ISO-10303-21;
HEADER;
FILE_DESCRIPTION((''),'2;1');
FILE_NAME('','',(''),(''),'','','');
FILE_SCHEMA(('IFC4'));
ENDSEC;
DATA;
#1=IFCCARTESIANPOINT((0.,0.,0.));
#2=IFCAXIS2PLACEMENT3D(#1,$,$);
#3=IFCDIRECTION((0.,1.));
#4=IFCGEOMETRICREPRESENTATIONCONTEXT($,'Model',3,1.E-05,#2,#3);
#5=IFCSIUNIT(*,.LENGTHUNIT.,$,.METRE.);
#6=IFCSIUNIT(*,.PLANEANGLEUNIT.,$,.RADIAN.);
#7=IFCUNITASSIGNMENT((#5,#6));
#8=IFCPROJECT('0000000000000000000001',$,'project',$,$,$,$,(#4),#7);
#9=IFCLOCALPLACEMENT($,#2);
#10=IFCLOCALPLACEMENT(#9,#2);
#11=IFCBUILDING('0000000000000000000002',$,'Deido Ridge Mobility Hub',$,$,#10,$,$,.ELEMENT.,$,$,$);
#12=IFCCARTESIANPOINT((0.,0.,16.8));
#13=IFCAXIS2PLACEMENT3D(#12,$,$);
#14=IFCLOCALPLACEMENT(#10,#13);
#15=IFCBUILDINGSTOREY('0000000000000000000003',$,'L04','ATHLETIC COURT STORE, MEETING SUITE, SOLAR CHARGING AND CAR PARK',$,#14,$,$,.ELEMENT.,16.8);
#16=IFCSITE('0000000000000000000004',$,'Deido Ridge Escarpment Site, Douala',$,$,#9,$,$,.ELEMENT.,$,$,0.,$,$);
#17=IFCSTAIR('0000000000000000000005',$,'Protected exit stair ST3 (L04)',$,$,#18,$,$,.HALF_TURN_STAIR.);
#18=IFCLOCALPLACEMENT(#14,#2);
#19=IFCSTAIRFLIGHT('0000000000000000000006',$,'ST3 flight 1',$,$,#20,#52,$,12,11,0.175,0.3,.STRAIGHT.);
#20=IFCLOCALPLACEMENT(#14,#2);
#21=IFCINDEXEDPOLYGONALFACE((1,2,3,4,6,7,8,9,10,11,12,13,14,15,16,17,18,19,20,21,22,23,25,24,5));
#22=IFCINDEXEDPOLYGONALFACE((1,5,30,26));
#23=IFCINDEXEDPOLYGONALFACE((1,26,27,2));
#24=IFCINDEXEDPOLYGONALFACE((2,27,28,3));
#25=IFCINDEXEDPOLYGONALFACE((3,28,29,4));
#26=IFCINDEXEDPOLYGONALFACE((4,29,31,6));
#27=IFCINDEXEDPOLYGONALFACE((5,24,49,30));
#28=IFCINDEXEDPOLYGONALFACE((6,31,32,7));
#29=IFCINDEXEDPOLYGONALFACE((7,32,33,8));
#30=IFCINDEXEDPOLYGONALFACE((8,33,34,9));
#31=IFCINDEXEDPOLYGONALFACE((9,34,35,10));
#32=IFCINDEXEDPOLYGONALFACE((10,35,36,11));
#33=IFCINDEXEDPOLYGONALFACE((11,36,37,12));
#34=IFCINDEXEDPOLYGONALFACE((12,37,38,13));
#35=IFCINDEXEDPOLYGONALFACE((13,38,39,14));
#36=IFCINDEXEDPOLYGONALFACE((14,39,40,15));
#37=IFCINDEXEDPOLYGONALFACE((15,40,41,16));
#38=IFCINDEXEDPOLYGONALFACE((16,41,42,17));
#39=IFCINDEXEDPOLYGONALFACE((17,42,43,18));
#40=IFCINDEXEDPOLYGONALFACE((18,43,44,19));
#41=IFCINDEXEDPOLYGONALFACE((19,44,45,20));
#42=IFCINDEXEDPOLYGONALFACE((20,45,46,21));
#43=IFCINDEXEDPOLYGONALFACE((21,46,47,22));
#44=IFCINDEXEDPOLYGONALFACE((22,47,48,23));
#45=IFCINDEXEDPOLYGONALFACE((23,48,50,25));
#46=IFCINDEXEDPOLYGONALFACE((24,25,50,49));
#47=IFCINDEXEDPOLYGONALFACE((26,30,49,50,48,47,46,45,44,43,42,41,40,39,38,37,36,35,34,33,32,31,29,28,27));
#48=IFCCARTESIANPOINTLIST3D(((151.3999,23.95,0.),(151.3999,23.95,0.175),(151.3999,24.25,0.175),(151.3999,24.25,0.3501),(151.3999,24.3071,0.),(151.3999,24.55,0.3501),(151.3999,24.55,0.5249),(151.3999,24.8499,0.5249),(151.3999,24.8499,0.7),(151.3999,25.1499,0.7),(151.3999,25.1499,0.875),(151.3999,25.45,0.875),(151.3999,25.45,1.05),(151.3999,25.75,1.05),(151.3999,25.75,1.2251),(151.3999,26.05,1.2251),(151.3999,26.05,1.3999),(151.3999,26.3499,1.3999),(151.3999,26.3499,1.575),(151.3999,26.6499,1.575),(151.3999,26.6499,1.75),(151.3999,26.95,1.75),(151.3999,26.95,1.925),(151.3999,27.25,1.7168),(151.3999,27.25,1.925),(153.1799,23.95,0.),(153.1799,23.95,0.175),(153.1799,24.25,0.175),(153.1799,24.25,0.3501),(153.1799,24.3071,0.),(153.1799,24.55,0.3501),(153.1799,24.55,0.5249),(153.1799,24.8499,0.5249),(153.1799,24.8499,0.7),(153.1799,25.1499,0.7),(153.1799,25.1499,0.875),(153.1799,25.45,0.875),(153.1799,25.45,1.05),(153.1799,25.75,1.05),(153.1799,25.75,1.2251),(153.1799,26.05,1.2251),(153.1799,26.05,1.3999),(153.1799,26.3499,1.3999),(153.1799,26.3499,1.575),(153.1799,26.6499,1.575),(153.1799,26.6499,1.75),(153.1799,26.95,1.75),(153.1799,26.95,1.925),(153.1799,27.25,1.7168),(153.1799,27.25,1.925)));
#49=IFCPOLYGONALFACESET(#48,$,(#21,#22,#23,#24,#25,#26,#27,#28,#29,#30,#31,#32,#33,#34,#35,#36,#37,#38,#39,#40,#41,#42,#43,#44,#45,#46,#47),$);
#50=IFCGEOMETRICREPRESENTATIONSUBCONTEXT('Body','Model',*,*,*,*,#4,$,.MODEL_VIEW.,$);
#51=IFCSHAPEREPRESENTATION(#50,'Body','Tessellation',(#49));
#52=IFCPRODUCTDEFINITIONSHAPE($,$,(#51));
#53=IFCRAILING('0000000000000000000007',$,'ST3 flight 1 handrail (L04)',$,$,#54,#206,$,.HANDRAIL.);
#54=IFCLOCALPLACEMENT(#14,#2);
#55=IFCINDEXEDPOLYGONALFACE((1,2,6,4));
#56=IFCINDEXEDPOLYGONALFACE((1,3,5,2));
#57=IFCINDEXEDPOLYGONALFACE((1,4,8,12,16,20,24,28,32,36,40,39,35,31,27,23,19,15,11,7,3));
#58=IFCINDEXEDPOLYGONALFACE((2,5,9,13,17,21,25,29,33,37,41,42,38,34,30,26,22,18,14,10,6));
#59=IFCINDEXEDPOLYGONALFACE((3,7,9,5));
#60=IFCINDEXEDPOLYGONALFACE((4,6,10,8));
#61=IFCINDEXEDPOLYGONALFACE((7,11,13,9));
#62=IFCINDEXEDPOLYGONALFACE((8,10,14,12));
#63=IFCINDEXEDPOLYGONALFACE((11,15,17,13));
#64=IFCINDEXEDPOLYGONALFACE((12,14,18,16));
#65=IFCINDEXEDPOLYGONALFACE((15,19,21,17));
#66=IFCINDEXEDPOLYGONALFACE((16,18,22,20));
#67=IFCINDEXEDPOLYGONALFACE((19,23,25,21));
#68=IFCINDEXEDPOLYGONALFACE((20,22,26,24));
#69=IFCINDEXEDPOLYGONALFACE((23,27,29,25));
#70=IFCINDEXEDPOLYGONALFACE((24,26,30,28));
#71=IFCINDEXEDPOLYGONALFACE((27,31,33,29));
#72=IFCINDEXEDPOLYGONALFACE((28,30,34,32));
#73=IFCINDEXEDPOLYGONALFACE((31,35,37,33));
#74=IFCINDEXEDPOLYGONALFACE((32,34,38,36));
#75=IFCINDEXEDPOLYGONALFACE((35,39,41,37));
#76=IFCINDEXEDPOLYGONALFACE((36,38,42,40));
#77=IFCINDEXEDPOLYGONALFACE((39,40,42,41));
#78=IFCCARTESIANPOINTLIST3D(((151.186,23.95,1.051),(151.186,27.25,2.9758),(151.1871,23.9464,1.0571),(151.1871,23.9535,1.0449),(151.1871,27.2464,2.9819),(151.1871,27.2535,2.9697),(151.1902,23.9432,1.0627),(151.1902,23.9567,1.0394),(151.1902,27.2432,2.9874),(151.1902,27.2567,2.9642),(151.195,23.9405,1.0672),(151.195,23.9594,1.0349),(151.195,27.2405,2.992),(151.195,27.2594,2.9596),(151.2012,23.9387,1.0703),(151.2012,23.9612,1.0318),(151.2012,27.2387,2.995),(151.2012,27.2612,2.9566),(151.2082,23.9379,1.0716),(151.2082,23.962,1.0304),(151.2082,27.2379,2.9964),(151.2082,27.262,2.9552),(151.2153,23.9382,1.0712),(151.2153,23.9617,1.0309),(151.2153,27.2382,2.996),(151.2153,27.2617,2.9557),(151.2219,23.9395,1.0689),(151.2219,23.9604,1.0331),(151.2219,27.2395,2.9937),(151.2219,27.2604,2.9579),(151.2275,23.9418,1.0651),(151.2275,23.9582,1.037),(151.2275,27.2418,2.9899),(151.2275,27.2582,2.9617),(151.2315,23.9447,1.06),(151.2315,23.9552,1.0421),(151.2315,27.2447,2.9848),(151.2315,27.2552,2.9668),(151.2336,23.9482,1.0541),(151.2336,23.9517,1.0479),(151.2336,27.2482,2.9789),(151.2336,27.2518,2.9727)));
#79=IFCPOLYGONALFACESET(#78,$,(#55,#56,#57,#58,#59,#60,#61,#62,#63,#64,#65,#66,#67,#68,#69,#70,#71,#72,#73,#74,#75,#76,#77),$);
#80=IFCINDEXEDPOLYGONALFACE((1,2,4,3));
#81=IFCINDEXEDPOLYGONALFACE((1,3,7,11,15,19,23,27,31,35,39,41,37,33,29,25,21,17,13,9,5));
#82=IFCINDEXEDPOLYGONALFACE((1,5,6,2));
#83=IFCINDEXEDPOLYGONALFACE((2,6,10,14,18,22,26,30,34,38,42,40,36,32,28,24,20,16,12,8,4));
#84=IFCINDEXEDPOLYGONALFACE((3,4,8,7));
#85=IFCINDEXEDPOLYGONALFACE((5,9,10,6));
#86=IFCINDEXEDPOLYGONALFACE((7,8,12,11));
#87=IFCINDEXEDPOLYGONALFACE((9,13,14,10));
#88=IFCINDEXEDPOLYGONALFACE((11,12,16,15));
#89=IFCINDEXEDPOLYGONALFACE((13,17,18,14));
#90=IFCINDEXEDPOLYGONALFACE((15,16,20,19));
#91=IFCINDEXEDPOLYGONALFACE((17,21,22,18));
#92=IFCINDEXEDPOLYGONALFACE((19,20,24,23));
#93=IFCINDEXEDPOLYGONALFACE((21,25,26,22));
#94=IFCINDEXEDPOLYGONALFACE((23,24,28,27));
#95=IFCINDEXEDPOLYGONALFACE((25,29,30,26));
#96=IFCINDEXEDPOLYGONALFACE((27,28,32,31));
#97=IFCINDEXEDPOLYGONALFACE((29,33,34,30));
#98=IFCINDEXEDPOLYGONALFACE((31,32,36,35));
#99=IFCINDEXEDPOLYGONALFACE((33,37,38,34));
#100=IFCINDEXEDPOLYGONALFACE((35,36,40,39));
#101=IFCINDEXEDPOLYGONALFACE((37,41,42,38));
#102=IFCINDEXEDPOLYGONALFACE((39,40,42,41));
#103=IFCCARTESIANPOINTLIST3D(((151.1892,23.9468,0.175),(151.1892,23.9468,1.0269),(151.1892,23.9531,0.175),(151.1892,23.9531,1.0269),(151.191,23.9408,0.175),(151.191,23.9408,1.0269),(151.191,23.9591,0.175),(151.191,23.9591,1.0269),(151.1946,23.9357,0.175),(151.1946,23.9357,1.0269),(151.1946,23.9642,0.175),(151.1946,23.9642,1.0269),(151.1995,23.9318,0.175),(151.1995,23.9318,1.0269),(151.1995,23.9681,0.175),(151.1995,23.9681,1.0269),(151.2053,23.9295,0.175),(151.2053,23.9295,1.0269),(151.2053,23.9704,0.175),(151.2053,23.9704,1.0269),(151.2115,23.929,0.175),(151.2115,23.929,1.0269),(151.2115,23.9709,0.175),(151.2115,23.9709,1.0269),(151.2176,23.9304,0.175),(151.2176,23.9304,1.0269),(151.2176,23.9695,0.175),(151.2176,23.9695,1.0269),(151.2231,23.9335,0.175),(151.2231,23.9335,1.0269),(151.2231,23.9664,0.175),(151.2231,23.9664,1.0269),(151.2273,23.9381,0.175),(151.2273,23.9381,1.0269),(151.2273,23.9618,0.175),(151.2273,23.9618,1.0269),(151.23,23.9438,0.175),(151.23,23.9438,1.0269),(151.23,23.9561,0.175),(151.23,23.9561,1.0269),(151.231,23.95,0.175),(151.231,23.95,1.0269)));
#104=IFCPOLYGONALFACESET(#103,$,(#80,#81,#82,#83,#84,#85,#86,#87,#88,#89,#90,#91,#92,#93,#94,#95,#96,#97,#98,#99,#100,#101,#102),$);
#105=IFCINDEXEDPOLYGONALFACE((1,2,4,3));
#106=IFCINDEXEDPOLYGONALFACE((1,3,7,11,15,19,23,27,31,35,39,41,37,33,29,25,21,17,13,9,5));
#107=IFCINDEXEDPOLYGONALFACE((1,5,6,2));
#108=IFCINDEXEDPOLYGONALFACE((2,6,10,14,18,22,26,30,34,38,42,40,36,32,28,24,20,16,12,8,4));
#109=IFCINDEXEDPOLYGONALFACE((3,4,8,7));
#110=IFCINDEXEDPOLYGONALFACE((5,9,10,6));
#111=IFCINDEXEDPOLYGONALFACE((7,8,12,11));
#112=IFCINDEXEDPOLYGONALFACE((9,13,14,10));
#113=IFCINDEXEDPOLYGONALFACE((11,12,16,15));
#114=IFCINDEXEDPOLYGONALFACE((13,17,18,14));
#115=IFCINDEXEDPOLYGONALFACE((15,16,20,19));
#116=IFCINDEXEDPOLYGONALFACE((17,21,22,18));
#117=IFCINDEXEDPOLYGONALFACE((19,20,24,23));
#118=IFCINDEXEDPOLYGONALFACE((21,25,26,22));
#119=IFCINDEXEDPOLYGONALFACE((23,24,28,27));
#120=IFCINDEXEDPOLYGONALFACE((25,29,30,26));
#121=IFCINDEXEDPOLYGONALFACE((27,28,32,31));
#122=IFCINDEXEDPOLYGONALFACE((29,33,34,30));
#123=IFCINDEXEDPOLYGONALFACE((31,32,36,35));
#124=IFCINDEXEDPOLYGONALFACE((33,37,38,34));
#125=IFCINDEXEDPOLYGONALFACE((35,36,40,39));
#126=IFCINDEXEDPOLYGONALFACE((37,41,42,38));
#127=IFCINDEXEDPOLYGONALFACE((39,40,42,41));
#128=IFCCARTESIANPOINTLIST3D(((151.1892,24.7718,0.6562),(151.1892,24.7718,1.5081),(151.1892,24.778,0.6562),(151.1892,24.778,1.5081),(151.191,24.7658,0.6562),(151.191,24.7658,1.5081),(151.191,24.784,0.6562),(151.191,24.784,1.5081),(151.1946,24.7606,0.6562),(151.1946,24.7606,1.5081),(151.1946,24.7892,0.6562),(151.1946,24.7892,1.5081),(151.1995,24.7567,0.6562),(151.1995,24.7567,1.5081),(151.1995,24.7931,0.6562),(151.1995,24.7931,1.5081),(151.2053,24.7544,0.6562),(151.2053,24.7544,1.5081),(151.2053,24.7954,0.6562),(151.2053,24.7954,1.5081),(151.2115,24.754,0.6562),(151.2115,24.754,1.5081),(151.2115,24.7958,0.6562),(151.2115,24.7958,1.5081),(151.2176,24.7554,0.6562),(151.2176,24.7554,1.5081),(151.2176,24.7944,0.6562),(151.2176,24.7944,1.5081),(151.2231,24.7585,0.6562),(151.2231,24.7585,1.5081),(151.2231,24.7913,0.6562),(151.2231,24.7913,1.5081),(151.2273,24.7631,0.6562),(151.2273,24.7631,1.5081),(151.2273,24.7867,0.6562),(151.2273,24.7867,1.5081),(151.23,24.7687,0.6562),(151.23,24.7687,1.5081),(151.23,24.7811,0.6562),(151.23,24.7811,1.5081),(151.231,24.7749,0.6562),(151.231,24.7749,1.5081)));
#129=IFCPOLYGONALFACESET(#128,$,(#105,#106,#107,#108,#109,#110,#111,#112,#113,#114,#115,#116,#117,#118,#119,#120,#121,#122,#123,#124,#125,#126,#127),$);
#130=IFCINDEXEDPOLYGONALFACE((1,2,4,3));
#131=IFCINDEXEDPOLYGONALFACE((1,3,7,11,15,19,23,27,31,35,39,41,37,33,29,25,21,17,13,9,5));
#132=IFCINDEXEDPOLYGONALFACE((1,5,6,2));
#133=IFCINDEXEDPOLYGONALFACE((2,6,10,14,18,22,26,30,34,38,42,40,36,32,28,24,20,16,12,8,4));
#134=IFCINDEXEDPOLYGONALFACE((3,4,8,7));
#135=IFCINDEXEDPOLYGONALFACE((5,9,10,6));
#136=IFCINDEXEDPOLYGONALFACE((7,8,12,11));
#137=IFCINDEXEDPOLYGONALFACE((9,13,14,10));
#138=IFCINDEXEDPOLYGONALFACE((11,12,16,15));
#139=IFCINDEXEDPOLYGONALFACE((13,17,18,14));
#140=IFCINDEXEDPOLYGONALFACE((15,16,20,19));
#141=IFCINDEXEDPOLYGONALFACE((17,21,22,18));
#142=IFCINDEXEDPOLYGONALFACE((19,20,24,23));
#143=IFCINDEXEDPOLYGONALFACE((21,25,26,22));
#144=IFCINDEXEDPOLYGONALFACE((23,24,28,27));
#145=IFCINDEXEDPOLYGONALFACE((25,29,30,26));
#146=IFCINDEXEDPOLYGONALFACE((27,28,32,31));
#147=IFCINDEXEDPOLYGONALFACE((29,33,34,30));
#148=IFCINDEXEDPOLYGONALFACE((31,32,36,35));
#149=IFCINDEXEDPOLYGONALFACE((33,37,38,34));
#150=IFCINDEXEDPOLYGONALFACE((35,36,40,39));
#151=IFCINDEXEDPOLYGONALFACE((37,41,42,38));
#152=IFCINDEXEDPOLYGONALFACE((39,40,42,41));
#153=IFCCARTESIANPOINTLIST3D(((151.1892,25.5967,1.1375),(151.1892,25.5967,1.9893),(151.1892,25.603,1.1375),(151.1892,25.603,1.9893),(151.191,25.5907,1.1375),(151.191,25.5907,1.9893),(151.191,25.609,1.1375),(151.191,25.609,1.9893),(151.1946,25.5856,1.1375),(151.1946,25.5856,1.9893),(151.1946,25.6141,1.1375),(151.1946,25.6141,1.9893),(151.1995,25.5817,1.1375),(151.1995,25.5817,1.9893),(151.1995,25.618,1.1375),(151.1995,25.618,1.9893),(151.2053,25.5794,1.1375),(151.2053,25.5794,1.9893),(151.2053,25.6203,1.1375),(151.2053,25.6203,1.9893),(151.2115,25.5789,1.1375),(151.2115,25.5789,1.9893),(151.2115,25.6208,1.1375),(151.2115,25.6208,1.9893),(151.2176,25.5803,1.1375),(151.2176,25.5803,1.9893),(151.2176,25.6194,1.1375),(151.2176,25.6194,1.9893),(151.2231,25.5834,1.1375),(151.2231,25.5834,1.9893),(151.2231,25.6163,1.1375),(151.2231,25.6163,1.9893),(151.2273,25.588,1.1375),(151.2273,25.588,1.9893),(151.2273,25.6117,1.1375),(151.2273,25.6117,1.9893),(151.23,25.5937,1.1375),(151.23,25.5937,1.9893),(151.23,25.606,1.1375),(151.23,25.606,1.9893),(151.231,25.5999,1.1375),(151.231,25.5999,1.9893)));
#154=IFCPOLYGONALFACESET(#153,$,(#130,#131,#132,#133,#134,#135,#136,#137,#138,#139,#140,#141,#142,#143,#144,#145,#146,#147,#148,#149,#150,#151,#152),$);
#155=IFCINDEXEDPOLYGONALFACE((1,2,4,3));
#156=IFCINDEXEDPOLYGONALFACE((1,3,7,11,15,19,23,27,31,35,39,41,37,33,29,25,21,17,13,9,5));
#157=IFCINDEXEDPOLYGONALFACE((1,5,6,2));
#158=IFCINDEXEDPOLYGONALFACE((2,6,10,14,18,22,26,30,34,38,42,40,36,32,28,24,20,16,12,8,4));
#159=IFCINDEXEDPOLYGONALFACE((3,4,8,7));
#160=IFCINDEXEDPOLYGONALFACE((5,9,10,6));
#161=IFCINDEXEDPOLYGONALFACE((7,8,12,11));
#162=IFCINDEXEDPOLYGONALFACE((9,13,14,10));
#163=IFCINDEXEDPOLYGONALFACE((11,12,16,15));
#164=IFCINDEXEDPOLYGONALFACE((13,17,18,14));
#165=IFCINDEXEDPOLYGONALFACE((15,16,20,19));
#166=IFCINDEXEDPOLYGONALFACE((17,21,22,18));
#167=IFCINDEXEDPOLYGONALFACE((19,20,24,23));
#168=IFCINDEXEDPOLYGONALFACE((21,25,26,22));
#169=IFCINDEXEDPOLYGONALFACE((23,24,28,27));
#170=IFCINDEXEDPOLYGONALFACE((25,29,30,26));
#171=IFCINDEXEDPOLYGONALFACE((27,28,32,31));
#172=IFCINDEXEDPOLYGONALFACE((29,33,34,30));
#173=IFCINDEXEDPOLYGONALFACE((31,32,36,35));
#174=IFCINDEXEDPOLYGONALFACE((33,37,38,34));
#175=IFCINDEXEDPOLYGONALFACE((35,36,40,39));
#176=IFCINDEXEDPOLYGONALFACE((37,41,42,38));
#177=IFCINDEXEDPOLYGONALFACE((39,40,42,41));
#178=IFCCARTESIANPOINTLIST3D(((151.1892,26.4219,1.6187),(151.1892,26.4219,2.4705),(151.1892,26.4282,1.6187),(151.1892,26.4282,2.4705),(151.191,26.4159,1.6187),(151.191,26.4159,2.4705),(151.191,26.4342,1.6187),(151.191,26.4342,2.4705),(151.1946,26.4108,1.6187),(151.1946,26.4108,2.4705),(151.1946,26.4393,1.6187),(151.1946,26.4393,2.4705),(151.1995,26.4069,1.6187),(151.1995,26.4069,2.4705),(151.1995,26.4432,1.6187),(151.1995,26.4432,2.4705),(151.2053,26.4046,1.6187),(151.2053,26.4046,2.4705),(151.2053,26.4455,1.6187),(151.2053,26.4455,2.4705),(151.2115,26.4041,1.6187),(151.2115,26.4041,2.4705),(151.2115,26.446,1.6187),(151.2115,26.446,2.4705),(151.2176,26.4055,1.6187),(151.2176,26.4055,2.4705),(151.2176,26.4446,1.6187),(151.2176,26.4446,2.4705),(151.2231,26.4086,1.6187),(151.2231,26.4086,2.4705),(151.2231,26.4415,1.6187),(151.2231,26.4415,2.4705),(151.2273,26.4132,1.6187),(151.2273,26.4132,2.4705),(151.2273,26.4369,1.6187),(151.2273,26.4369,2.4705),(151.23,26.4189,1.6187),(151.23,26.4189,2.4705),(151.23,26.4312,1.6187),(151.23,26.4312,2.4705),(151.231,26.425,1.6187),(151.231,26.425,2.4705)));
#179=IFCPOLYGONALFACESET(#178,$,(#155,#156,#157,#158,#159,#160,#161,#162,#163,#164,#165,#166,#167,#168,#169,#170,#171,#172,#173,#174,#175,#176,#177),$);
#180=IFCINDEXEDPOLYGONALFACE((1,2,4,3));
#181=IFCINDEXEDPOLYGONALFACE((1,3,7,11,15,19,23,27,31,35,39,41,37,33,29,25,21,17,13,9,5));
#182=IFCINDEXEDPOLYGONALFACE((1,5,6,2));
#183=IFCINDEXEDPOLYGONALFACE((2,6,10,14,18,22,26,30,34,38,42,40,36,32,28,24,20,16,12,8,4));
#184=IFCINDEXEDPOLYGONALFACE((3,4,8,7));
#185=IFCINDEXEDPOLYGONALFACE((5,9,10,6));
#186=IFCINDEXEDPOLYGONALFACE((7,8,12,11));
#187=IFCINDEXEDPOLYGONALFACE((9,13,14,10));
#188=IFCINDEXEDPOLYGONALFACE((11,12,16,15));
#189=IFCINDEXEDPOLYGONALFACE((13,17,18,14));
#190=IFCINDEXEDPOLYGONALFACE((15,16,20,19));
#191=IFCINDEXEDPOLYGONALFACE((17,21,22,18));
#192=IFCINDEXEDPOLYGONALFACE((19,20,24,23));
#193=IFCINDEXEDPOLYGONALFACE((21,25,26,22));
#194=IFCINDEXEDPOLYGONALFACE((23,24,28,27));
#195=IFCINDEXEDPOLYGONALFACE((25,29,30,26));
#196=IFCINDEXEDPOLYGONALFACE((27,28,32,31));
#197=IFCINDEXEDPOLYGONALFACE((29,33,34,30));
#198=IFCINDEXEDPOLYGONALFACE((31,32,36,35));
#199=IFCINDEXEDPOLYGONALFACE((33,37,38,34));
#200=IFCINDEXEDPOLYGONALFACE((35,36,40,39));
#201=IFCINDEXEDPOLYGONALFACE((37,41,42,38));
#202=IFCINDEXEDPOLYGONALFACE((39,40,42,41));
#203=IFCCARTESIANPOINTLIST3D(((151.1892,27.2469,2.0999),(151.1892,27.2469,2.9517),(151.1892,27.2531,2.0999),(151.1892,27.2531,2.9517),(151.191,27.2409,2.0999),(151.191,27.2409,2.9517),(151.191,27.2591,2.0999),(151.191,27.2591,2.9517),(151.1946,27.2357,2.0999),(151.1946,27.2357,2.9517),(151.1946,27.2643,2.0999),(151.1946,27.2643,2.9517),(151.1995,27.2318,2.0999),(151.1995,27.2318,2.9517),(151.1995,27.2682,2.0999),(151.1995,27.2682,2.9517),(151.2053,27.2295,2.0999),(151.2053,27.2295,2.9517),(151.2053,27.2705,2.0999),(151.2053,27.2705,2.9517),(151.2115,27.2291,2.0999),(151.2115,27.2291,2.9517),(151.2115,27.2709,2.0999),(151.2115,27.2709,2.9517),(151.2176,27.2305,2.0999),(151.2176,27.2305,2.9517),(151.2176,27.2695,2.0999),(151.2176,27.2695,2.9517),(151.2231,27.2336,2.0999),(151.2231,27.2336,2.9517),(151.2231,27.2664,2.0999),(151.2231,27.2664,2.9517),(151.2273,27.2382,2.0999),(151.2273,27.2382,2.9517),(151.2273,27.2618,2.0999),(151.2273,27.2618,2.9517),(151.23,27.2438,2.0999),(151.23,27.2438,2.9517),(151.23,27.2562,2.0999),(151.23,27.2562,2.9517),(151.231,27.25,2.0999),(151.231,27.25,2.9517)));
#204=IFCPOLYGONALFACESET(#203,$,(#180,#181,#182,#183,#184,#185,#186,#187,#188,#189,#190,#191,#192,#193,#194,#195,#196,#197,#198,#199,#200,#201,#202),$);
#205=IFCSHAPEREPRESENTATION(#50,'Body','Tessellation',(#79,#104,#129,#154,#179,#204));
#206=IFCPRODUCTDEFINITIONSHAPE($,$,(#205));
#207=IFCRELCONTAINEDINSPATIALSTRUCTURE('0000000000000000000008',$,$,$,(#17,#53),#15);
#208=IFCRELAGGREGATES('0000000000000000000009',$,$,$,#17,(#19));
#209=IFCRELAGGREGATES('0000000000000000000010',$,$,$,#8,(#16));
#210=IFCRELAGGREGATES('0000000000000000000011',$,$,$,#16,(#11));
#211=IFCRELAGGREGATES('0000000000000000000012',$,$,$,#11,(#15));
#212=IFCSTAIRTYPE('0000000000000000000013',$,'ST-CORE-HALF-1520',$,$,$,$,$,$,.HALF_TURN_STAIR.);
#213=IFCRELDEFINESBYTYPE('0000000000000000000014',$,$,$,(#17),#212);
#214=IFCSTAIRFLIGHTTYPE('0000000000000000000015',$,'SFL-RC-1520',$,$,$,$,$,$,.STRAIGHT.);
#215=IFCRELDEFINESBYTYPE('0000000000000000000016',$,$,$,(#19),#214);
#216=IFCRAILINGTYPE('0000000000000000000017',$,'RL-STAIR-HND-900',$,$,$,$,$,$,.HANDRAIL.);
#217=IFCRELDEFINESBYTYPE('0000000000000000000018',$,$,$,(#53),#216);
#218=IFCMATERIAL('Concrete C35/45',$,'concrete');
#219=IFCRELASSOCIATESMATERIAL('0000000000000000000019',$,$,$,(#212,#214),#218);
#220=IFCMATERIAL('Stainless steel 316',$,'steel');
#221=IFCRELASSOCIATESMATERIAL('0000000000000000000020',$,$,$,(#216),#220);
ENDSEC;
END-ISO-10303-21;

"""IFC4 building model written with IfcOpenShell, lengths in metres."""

from ifc_helpers import new_model, si_unit, direction, frame, origin, origin_2d, place, context, subcontext, project, spatial, polyline, circle, outline, extrude, material, type_object, element, aggregate, save


model = new_model("IFC4")

# Units and contexts
model_context = context("Model", 3, precision=1e-05, world=origin(), true_north=direction((0.0, 1.0)))
body_context = subcontext(model_context, "Body", "Model", "MODEL_VIEW")
ifc_project = project(units=[si_unit("LENGTHUNIT", "METRE"), si_unit("PLANEANGLEUNIT", "RADIAN")], contexts=[model_context])

# Site, building, storey
site_placement = place(None, origin())
site = spatial("IfcSite", under=ifc_project, at=site_placement, Name="Deido Ridge Escarpment Site, Douala", CompositionType="ELEMENT", RefElevation=0.0)
building_placement = place(site_placement, origin())
building = spatial("IfcBuilding", under=site, at=building_placement, Name="Deido Ridge Mobility Hub", CompositionType="ELEMENT")
storey_placement = place(building_placement, frame((0.0, 0.0, 16.8)))
storey = spatial("IfcBuildingStorey", under=building, at=storey_placement, Name="L04", Description="ATHLETIC COURT STORE, MEETING SUITE, SOLAR CHARGING AND CAR PARK", CompositionType="ELEMENT", Elevation=16.8)

# Stair, stair flight
ifc_material_1 = material(Name="Concrete C35/45", Category="concrete")
stair_type = type_object("IfcStairType", Name="ST-CORE-HALF-1520", PredefinedType="HALF_TURN_STAIR", material=ifc_material_1)
stair_placement = place(storey_placement, origin())
stair = element("IfcStair", 1, at=stair_placement, inside=storey, type_object=stair_type, Name="Protected exit stair ST3 (L04)", PredefinedType="HALF_TURN_STAIR")
stair_flight_type = type_object("IfcStairFlightType", Name="SFL-RC-1520", PredefinedType="STRAIGHT", material=ifc_material_1)
stair_flight_placement = place(storey_placement, frame((152.29, 23.95, 0.0), z_axis=(0.0, 0.0, 1.0), x_axis=(0.0, 1.0, 0.0)))
stair_flight = element("IfcStairFlight", 2, at=stair_flight_placement, type_object=stair_flight_type, Name="ST3 flight 1", NumberOfRisers=12, NumberOfTreads=11, PredefinedType="STRAIGHT", RiserHeight=0.175, TreadLength=0.3, context=body_context, shape_type="SweptSolid", body=[
    extrude(outline(polyline([(0.0, 0.0), (0.0, 0.175), (0.3, 0.175), (0.3, 0.3501), (0.6001, 0.3501), (0.6001, 0.5249), (0.8999, 0.5249), (0.8999, 0.7), (1.2, 0.7), (1.2, 0.875), (1.5, 0.875), (1.5, 1.05), (1.8, 1.05), (1.8, 1.2251), (2.1001, 1.2251), (2.1001, 1.3999), (2.3999, 1.3999), (2.3999, 1.575), (2.7, 1.575), (2.7, 1.75), (3.0, 1.75), (3.0, 1.925), (3.3, 1.925), (3.3, 2.1001), (3.3, 1.7168), (0.3572, 0.0), (0.0, 0.0)])), frame((0.0, 0.8901, 0.0), z_axis=(0.0, -1.0, 0.0), x_axis=(1.0, 0.0, 0.0)), (0.0, 0.0, 1.0), 1.78),
])
aggregate(stair, [stair_flight])

# Railing
ifc_material_2 = material(Name="Stainless steel 316", Category="steel")
railing_type_1 = type_object("IfcRailingType", Name="RL-STAIR-HND-900", PredefinedType="HANDRAIL", material=ifc_material_2)
railing_1_placement = place(storey_placement, frame((151.21, 23.95, 0.175)))
element("IfcRailing", 3, at=railing_1_placement, inside=storey, type_object=railing_type_1, Name="ST3 flight 1 handrail (L04)", PredefinedType="HANDRAIL", context=body_context, shape_type="SweptSolid", body=[
    extrude(circle(Radius=0.0239, at=origin_2d()), frame((0.0, 0.0, 0.876), z_axis=(0.0, 0.863804, 0.503827), x_axis=(-1.0, 0.0, 0.0)), (0.0, 0.0, 1.0), 3.8203),
    extrude(circle(Radius=0.021, at=origin_2d()), origin(), (0.0, 0.0, 1.0), 0.8518),
    extrude(circle(Radius=0.021, at=origin_2d()), frame((0.0, 0.825, 0.4812)), (0.0, 0.0, 1.0), 0.8518),
    extrude(circle(Radius=0.021, at=origin_2d()), frame((0.0, 1.6499, 0.9624)), (0.0, 0.0, 1.0), 0.8518),
    extrude(circle(Radius=0.021, at=origin_2d()), frame((0.0, 2.4751, 1.4436)), (0.0, 0.0, 1.0), 0.8518),
    extrude(circle(Radius=0.021, at=origin_2d()), frame((0.0, 3.3, 1.9248)), (0.0, 0.0, 1.0), 0.8518),
])

save(model, "model.ifc")
